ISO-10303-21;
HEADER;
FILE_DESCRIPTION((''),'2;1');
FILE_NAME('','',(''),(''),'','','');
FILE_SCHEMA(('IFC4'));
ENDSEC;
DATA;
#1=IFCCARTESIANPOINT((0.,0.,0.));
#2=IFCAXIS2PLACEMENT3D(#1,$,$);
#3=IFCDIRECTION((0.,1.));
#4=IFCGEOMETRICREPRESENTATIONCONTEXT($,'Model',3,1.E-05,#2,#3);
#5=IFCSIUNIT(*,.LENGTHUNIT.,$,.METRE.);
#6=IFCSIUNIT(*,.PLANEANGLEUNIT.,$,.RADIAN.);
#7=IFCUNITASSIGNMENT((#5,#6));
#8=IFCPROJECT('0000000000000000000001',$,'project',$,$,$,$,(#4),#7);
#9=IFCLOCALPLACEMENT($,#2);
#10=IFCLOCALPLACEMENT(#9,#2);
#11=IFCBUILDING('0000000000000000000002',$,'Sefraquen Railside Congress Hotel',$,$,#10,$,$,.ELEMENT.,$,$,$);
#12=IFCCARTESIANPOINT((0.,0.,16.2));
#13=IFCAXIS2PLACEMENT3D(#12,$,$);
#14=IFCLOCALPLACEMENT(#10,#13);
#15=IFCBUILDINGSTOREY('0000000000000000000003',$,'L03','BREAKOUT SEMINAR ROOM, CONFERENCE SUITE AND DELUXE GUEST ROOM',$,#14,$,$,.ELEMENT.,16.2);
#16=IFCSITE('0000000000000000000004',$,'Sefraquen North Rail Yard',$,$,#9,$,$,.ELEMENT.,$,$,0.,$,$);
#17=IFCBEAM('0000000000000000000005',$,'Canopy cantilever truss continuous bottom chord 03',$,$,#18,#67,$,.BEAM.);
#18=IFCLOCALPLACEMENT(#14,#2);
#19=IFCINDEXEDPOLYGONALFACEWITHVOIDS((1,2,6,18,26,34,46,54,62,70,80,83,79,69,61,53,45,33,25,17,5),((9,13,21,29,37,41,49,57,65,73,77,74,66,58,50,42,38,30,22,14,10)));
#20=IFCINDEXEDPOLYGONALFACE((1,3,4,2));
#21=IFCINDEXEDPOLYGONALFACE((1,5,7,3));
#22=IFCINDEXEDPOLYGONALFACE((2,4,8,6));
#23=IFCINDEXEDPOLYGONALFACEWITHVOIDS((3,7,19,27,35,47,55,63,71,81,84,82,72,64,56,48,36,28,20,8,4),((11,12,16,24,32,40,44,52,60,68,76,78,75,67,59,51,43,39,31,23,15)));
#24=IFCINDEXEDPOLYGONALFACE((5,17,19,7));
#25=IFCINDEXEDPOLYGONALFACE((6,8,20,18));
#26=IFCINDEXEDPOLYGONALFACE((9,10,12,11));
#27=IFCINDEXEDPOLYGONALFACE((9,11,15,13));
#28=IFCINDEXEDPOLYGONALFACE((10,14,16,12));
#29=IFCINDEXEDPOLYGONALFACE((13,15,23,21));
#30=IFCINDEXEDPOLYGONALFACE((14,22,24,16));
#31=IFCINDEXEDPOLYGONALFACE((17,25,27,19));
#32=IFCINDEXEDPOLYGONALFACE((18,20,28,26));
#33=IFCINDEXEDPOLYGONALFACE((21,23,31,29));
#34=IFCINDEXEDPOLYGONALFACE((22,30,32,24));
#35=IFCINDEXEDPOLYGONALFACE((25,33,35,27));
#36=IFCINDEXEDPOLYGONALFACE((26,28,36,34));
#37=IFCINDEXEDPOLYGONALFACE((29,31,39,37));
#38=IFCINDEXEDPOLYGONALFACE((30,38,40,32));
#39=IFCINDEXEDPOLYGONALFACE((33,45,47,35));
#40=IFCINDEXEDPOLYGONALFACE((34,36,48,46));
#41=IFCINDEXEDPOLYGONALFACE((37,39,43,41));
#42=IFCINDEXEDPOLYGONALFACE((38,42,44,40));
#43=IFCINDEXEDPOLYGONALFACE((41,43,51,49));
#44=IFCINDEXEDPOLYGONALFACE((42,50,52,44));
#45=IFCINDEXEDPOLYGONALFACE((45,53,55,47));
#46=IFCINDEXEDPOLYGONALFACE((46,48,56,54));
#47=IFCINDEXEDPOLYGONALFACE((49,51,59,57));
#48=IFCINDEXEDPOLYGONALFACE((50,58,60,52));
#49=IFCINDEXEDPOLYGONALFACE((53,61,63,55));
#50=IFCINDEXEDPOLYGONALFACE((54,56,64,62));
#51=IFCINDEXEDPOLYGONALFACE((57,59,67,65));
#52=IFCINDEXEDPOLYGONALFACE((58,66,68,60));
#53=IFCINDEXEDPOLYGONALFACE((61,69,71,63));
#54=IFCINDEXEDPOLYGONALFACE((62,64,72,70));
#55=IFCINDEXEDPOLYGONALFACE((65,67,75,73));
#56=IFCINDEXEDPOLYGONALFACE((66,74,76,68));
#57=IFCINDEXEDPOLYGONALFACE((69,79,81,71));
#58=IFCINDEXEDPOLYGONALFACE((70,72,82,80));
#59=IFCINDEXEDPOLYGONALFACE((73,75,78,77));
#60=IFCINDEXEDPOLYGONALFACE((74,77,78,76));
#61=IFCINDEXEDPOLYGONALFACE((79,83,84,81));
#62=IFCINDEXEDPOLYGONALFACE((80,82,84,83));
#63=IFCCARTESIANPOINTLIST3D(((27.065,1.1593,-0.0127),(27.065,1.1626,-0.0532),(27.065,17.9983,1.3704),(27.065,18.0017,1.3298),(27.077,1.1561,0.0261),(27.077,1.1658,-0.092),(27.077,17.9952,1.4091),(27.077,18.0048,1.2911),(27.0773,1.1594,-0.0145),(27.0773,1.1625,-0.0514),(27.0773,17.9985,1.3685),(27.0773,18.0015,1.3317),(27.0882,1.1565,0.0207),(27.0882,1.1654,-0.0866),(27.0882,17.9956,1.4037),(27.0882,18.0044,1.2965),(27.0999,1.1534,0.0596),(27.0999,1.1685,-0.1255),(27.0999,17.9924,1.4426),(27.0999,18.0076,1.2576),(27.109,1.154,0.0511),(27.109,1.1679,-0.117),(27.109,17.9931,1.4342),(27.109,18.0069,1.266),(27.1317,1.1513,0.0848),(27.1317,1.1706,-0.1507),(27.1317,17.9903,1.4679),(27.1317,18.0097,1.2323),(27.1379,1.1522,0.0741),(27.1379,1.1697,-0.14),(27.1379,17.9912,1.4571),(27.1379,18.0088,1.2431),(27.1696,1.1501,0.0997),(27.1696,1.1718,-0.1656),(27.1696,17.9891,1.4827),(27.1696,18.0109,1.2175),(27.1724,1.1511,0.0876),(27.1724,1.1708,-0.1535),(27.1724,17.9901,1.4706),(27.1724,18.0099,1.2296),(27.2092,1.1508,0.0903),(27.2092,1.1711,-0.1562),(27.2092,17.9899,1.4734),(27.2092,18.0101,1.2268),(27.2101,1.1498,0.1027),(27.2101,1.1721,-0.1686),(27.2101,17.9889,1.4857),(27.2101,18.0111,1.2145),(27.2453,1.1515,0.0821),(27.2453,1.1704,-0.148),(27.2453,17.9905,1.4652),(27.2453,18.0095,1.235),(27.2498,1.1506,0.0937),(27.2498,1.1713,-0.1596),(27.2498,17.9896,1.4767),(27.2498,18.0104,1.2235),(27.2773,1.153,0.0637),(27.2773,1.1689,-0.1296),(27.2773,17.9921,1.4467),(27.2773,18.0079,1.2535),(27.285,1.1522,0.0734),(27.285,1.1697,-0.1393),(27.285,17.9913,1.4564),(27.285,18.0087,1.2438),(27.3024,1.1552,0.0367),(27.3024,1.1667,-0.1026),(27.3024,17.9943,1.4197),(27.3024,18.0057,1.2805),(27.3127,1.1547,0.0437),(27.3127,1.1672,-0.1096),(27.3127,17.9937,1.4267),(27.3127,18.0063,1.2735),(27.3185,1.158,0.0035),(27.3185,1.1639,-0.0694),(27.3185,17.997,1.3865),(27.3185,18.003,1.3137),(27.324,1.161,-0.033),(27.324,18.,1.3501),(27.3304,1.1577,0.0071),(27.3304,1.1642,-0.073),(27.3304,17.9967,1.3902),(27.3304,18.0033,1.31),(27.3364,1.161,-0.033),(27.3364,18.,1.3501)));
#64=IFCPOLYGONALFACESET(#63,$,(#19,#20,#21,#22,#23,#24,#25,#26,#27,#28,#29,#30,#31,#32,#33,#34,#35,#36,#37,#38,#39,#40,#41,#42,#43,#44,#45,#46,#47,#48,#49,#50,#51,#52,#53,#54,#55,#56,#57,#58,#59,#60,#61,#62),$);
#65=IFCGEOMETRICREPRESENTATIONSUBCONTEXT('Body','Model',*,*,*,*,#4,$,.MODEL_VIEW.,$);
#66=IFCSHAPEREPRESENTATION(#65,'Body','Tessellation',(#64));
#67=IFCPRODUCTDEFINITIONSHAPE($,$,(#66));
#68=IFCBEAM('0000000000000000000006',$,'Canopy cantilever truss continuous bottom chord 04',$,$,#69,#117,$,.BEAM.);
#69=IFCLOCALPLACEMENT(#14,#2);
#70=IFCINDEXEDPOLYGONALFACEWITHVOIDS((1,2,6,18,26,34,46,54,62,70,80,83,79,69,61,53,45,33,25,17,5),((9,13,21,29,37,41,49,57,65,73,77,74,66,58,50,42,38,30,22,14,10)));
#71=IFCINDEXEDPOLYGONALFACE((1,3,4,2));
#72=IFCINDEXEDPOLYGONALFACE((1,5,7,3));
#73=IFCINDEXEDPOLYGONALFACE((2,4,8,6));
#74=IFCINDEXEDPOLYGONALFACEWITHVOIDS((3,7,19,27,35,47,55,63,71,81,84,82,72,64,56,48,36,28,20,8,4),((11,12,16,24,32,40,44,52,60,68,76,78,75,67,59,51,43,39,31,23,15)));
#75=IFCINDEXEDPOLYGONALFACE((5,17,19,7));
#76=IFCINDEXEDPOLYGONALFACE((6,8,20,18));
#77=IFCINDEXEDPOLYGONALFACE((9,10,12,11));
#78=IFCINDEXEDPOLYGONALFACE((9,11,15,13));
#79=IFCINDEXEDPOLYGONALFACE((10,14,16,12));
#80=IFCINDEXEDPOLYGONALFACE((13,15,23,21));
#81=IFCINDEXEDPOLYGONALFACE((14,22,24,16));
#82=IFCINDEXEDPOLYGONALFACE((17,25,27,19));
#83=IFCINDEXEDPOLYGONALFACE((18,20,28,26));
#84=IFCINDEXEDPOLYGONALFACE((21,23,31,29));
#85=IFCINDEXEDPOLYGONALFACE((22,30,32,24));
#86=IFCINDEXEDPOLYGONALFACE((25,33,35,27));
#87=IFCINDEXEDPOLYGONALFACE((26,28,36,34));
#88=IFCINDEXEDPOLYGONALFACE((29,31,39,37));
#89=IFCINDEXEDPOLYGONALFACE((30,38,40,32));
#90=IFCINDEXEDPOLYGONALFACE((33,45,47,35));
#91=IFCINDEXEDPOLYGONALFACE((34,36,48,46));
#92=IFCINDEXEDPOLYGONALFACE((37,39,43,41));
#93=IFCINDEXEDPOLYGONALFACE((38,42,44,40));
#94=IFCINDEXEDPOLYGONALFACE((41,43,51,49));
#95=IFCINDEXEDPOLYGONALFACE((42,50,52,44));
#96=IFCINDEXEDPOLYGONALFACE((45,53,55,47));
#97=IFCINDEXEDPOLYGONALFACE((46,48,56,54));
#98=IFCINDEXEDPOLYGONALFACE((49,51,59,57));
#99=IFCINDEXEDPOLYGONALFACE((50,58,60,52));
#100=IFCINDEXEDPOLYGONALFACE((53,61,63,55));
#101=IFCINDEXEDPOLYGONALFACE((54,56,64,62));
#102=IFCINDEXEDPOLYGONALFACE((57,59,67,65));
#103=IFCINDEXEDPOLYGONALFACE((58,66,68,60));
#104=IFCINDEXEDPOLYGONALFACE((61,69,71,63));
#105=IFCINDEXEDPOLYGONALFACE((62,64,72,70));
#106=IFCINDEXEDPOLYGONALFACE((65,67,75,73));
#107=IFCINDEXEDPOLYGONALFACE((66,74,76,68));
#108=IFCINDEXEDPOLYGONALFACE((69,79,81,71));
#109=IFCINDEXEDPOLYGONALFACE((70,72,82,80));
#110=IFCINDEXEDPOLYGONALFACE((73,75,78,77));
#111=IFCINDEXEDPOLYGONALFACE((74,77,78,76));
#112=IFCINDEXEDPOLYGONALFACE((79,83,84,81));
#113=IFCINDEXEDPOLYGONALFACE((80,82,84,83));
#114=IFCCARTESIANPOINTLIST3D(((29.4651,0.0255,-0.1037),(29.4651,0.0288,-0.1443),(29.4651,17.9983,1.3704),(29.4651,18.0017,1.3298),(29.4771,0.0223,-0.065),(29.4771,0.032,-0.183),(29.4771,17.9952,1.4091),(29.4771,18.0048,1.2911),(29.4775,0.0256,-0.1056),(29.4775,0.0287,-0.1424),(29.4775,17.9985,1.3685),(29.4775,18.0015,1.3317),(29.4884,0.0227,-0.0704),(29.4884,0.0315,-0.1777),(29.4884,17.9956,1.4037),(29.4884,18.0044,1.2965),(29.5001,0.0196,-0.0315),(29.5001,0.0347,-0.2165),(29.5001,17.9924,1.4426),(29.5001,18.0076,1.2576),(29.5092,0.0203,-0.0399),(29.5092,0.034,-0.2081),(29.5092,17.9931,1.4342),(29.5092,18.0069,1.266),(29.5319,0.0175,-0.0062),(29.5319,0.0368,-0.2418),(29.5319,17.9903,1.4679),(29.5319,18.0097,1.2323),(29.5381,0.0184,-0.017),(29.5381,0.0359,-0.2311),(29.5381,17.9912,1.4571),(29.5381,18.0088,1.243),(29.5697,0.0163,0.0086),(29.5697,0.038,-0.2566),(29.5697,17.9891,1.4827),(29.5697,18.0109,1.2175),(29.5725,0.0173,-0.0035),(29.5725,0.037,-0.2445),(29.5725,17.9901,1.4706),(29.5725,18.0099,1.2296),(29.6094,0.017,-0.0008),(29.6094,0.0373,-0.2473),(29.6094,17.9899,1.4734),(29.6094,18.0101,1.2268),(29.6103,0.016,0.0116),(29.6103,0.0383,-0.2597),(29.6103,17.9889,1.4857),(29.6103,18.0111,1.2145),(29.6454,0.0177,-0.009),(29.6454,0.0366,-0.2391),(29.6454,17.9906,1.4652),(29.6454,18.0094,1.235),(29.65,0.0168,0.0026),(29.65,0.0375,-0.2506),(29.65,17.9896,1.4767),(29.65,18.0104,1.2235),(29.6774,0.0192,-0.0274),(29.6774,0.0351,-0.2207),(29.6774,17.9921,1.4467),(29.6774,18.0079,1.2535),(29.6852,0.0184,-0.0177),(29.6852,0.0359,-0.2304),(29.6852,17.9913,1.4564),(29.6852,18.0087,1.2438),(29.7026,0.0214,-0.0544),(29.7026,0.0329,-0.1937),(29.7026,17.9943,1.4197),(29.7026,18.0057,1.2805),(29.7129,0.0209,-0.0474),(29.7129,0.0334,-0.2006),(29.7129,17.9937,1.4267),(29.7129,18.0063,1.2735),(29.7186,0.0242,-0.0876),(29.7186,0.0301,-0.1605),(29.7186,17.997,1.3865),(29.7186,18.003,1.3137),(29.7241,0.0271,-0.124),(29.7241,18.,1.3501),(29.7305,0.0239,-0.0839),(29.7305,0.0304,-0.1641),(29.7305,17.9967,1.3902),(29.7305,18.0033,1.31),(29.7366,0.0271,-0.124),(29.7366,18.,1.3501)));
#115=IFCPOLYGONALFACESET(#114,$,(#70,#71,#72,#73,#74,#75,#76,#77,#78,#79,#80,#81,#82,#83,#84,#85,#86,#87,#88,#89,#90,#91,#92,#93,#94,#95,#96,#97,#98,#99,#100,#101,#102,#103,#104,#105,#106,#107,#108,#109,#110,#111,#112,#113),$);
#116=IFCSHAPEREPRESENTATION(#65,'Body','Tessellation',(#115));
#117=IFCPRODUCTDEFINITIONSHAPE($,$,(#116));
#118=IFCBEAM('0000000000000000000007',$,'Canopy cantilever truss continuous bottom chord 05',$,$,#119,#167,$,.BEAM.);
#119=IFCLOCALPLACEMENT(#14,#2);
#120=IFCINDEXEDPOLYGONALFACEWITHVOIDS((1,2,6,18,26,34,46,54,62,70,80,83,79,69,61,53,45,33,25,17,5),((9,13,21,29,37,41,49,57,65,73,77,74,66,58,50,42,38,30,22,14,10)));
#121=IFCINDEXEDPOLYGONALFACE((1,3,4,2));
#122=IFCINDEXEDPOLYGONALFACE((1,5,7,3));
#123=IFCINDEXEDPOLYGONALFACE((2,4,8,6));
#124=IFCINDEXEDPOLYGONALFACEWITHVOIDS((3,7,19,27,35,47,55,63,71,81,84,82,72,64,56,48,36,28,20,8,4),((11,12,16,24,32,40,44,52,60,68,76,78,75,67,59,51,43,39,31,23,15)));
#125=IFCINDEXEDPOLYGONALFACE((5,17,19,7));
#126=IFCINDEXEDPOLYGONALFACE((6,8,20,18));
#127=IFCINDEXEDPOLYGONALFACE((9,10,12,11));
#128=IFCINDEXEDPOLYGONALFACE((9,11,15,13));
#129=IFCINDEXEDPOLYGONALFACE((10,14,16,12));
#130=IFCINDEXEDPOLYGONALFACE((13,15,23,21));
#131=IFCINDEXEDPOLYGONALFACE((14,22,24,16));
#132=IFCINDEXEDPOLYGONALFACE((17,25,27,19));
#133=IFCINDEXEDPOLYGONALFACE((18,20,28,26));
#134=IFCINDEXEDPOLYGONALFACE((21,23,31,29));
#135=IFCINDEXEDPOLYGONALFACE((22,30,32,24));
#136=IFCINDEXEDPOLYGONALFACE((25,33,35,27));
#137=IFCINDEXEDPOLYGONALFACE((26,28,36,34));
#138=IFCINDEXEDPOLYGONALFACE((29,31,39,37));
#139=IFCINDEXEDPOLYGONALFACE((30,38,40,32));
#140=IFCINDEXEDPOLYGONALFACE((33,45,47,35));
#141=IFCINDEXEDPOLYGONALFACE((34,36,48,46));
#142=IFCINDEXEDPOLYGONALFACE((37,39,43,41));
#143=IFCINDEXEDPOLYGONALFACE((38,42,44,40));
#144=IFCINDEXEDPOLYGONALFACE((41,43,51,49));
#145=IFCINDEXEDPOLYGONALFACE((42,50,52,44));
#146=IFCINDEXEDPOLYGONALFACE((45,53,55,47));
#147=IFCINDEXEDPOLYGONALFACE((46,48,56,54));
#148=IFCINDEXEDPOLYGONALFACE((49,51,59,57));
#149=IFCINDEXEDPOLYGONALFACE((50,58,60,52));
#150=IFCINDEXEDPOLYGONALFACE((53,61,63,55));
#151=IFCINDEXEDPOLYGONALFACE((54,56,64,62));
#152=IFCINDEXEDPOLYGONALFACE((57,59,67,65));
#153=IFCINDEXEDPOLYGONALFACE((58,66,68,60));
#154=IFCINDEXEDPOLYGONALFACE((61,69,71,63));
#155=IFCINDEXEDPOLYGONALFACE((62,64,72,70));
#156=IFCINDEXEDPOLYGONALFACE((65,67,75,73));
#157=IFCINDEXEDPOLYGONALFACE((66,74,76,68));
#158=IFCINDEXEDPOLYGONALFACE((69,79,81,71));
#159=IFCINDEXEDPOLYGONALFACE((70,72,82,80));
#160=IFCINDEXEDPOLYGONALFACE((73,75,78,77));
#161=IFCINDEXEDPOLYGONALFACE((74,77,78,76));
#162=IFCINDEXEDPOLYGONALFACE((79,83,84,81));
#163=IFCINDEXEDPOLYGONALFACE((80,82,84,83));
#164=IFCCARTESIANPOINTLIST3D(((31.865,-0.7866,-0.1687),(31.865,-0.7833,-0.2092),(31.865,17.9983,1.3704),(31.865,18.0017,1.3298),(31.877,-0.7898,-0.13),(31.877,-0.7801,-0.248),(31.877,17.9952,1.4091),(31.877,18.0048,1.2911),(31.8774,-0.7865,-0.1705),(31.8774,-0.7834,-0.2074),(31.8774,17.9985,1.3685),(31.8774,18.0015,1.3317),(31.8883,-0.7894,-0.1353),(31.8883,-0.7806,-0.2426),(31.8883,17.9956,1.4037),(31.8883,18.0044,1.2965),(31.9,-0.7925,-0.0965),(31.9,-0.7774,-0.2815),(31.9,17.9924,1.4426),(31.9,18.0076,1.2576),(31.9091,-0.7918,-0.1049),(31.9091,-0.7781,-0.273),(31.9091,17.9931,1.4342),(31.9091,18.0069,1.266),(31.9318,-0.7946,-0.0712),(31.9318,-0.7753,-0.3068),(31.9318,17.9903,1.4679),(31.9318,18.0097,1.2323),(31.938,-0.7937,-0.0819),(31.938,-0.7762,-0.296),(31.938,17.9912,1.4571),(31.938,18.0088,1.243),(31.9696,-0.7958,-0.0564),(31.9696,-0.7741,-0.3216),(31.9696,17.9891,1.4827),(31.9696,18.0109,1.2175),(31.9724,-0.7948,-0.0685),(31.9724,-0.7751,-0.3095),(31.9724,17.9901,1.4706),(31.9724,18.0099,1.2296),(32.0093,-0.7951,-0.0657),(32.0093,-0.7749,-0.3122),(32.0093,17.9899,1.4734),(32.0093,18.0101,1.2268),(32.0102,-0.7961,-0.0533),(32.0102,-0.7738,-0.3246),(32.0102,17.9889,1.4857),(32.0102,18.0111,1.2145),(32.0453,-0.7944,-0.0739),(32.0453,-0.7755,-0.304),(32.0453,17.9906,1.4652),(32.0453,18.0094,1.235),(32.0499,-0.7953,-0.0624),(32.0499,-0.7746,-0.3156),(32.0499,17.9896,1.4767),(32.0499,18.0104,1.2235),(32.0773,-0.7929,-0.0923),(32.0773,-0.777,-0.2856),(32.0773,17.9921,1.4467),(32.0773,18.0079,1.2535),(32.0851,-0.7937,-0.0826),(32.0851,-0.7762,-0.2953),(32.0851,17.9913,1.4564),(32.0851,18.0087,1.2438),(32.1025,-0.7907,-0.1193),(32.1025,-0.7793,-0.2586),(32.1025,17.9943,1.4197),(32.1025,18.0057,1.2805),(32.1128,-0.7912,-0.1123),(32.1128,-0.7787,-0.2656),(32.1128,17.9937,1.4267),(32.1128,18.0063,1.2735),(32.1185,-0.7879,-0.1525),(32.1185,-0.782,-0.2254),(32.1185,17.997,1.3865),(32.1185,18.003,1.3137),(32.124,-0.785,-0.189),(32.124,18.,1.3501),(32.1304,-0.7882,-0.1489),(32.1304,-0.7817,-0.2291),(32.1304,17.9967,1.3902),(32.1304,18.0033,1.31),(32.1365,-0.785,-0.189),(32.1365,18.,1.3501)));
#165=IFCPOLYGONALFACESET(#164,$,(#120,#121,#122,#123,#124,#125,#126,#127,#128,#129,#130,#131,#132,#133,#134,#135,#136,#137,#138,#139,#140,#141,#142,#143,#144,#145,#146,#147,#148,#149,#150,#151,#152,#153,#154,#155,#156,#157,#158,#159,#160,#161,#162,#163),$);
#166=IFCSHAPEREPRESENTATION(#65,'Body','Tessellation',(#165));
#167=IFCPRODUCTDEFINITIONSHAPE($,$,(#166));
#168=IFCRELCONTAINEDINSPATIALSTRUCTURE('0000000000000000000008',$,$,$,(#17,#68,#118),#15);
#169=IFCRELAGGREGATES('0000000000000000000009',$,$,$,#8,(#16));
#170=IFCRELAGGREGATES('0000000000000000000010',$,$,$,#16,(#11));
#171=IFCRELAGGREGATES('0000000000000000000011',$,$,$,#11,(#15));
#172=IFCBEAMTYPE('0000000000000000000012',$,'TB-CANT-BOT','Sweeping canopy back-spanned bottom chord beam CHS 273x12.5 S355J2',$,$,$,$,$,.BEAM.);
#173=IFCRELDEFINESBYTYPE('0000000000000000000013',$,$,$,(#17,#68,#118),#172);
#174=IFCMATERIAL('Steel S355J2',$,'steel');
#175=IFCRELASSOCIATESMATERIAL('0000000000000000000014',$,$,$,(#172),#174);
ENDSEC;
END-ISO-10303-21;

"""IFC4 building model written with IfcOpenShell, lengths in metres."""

from ifc_helpers import new_model, si_unit, direction, frame, origin, origin_2d, place, context, subcontext, project, spatial, hollow_circle, extrude, material, material_profile, profile_set, type_object, element, save


model = new_model("IFC4")

# Units and contexts
model_context = context("Model", 3, precision=1e-05, world=origin(), true_north=direction((0.0, 1.0)))
body_context = subcontext(model_context, "Body", "Model", "MODEL_VIEW")
ifc_project = project(units=[si_unit("LENGTHUNIT", "METRE"), si_unit("PLANEANGLEUNIT", "RADIAN")], contexts=[model_context])

# Site, building, storey
site_placement = place(None, origin())
site = spatial("IfcSite", under=ifc_project, at=site_placement, Name="Sefraquen North Rail Yard", CompositionType="ELEMENT", RefElevation=0.0)
building_placement = place(site_placement, origin())
building = spatial("IfcBuilding", under=site, at=building_placement, Name="Sefraquen Railside Congress Hotel", CompositionType="ELEMENT")
storey_placement = place(building_placement, frame((0.0, 0.0, 16.2)))
storey = spatial("IfcBuildingStorey", under=building, at=storey_placement, Name="L03", Description="BREAKOUT SEMINAR ROOM, CONFERENCE SUITE AND DELUXE GUEST ROOM", CompositionType="ELEMENT", Elevation=16.2)

# Beams
ifc_material_1 = material(Name="Steel S355J2", Category="steel")
ifc_material_profile_1 = material_profile(ifc_material_1, hollow_circle(Radius=0.1365, WallThickness=0.0125, at=origin_2d()), Name="CHS 273x12.5")
ifc_profile_set_1 = profile_set([ifc_material_profile_1], Name="Steel S355J2")
beam_type_1 = type_object("IfcBeamType", Name="TB-CANT-BOT", Description="Sweeping canopy back-spanned bottom chord beam CHS 273x12.5 S355J2", PredefinedType="BEAM", material=ifc_profile_set_1)
beam_1_placement = place(storey_placement, frame((27.2, 18.0, 1.3501), z_axis=(0.0, -0.996644, -0.081858), x_axis=(1.0, 0.0, 0.0)))
element("IfcBeam", 1, at=beam_1_placement, inside=storey, type_object=beam_type_1, Name="Canopy cantilever truss continuous bottom chord 03", PredefinedType="BEAM", context=body_context, shape_type="SweptSolid", body=[
    extrude(hollow_circle(Radius=0.1365, WallThickness=0.0125, at=origin_2d()), origin(), (0.0, 0.0, 1.0), 16.8958),
])
beam_2_placement = place(storey_placement, frame((29.6001, 18.0, 1.3501), z_axis=(0.0, -0.996653, -0.081745), x_axis=(1.0, 0.0, 0.0)))
element("IfcBeam", 2, at=beam_2_placement, inside=storey, type_object=beam_type_1, Name="Canopy cantilever truss continuous bottom chord 04", PredefinedType="BEAM", context=body_context, shape_type="SweptSolid", body=[
    extrude(hollow_circle(Radius=0.1365, WallThickness=0.0125, at=origin_2d()), origin(), (0.0, 0.0, 1.0), 18.0332),
])
beam_3_placement = place(storey_placement, frame((32.0, 18.0, 1.3501), z_axis=(0.0, -0.99666, -0.081657), x_axis=(1.0, 0.0, 0.0)))
element("IfcBeam", 3, at=beam_3_placement, inside=storey, type_object=beam_type_1, Name="Canopy cantilever truss continuous bottom chord 05", PredefinedType="BEAM", context=body_context, shape_type="SweptSolid", body=[
    extrude(hollow_circle(Radius=0.1365, WallThickness=0.0125, at=origin_2d()), origin(), (0.0, 0.0, 1.0), 18.8479),
])

save(model, "model.ifc")
